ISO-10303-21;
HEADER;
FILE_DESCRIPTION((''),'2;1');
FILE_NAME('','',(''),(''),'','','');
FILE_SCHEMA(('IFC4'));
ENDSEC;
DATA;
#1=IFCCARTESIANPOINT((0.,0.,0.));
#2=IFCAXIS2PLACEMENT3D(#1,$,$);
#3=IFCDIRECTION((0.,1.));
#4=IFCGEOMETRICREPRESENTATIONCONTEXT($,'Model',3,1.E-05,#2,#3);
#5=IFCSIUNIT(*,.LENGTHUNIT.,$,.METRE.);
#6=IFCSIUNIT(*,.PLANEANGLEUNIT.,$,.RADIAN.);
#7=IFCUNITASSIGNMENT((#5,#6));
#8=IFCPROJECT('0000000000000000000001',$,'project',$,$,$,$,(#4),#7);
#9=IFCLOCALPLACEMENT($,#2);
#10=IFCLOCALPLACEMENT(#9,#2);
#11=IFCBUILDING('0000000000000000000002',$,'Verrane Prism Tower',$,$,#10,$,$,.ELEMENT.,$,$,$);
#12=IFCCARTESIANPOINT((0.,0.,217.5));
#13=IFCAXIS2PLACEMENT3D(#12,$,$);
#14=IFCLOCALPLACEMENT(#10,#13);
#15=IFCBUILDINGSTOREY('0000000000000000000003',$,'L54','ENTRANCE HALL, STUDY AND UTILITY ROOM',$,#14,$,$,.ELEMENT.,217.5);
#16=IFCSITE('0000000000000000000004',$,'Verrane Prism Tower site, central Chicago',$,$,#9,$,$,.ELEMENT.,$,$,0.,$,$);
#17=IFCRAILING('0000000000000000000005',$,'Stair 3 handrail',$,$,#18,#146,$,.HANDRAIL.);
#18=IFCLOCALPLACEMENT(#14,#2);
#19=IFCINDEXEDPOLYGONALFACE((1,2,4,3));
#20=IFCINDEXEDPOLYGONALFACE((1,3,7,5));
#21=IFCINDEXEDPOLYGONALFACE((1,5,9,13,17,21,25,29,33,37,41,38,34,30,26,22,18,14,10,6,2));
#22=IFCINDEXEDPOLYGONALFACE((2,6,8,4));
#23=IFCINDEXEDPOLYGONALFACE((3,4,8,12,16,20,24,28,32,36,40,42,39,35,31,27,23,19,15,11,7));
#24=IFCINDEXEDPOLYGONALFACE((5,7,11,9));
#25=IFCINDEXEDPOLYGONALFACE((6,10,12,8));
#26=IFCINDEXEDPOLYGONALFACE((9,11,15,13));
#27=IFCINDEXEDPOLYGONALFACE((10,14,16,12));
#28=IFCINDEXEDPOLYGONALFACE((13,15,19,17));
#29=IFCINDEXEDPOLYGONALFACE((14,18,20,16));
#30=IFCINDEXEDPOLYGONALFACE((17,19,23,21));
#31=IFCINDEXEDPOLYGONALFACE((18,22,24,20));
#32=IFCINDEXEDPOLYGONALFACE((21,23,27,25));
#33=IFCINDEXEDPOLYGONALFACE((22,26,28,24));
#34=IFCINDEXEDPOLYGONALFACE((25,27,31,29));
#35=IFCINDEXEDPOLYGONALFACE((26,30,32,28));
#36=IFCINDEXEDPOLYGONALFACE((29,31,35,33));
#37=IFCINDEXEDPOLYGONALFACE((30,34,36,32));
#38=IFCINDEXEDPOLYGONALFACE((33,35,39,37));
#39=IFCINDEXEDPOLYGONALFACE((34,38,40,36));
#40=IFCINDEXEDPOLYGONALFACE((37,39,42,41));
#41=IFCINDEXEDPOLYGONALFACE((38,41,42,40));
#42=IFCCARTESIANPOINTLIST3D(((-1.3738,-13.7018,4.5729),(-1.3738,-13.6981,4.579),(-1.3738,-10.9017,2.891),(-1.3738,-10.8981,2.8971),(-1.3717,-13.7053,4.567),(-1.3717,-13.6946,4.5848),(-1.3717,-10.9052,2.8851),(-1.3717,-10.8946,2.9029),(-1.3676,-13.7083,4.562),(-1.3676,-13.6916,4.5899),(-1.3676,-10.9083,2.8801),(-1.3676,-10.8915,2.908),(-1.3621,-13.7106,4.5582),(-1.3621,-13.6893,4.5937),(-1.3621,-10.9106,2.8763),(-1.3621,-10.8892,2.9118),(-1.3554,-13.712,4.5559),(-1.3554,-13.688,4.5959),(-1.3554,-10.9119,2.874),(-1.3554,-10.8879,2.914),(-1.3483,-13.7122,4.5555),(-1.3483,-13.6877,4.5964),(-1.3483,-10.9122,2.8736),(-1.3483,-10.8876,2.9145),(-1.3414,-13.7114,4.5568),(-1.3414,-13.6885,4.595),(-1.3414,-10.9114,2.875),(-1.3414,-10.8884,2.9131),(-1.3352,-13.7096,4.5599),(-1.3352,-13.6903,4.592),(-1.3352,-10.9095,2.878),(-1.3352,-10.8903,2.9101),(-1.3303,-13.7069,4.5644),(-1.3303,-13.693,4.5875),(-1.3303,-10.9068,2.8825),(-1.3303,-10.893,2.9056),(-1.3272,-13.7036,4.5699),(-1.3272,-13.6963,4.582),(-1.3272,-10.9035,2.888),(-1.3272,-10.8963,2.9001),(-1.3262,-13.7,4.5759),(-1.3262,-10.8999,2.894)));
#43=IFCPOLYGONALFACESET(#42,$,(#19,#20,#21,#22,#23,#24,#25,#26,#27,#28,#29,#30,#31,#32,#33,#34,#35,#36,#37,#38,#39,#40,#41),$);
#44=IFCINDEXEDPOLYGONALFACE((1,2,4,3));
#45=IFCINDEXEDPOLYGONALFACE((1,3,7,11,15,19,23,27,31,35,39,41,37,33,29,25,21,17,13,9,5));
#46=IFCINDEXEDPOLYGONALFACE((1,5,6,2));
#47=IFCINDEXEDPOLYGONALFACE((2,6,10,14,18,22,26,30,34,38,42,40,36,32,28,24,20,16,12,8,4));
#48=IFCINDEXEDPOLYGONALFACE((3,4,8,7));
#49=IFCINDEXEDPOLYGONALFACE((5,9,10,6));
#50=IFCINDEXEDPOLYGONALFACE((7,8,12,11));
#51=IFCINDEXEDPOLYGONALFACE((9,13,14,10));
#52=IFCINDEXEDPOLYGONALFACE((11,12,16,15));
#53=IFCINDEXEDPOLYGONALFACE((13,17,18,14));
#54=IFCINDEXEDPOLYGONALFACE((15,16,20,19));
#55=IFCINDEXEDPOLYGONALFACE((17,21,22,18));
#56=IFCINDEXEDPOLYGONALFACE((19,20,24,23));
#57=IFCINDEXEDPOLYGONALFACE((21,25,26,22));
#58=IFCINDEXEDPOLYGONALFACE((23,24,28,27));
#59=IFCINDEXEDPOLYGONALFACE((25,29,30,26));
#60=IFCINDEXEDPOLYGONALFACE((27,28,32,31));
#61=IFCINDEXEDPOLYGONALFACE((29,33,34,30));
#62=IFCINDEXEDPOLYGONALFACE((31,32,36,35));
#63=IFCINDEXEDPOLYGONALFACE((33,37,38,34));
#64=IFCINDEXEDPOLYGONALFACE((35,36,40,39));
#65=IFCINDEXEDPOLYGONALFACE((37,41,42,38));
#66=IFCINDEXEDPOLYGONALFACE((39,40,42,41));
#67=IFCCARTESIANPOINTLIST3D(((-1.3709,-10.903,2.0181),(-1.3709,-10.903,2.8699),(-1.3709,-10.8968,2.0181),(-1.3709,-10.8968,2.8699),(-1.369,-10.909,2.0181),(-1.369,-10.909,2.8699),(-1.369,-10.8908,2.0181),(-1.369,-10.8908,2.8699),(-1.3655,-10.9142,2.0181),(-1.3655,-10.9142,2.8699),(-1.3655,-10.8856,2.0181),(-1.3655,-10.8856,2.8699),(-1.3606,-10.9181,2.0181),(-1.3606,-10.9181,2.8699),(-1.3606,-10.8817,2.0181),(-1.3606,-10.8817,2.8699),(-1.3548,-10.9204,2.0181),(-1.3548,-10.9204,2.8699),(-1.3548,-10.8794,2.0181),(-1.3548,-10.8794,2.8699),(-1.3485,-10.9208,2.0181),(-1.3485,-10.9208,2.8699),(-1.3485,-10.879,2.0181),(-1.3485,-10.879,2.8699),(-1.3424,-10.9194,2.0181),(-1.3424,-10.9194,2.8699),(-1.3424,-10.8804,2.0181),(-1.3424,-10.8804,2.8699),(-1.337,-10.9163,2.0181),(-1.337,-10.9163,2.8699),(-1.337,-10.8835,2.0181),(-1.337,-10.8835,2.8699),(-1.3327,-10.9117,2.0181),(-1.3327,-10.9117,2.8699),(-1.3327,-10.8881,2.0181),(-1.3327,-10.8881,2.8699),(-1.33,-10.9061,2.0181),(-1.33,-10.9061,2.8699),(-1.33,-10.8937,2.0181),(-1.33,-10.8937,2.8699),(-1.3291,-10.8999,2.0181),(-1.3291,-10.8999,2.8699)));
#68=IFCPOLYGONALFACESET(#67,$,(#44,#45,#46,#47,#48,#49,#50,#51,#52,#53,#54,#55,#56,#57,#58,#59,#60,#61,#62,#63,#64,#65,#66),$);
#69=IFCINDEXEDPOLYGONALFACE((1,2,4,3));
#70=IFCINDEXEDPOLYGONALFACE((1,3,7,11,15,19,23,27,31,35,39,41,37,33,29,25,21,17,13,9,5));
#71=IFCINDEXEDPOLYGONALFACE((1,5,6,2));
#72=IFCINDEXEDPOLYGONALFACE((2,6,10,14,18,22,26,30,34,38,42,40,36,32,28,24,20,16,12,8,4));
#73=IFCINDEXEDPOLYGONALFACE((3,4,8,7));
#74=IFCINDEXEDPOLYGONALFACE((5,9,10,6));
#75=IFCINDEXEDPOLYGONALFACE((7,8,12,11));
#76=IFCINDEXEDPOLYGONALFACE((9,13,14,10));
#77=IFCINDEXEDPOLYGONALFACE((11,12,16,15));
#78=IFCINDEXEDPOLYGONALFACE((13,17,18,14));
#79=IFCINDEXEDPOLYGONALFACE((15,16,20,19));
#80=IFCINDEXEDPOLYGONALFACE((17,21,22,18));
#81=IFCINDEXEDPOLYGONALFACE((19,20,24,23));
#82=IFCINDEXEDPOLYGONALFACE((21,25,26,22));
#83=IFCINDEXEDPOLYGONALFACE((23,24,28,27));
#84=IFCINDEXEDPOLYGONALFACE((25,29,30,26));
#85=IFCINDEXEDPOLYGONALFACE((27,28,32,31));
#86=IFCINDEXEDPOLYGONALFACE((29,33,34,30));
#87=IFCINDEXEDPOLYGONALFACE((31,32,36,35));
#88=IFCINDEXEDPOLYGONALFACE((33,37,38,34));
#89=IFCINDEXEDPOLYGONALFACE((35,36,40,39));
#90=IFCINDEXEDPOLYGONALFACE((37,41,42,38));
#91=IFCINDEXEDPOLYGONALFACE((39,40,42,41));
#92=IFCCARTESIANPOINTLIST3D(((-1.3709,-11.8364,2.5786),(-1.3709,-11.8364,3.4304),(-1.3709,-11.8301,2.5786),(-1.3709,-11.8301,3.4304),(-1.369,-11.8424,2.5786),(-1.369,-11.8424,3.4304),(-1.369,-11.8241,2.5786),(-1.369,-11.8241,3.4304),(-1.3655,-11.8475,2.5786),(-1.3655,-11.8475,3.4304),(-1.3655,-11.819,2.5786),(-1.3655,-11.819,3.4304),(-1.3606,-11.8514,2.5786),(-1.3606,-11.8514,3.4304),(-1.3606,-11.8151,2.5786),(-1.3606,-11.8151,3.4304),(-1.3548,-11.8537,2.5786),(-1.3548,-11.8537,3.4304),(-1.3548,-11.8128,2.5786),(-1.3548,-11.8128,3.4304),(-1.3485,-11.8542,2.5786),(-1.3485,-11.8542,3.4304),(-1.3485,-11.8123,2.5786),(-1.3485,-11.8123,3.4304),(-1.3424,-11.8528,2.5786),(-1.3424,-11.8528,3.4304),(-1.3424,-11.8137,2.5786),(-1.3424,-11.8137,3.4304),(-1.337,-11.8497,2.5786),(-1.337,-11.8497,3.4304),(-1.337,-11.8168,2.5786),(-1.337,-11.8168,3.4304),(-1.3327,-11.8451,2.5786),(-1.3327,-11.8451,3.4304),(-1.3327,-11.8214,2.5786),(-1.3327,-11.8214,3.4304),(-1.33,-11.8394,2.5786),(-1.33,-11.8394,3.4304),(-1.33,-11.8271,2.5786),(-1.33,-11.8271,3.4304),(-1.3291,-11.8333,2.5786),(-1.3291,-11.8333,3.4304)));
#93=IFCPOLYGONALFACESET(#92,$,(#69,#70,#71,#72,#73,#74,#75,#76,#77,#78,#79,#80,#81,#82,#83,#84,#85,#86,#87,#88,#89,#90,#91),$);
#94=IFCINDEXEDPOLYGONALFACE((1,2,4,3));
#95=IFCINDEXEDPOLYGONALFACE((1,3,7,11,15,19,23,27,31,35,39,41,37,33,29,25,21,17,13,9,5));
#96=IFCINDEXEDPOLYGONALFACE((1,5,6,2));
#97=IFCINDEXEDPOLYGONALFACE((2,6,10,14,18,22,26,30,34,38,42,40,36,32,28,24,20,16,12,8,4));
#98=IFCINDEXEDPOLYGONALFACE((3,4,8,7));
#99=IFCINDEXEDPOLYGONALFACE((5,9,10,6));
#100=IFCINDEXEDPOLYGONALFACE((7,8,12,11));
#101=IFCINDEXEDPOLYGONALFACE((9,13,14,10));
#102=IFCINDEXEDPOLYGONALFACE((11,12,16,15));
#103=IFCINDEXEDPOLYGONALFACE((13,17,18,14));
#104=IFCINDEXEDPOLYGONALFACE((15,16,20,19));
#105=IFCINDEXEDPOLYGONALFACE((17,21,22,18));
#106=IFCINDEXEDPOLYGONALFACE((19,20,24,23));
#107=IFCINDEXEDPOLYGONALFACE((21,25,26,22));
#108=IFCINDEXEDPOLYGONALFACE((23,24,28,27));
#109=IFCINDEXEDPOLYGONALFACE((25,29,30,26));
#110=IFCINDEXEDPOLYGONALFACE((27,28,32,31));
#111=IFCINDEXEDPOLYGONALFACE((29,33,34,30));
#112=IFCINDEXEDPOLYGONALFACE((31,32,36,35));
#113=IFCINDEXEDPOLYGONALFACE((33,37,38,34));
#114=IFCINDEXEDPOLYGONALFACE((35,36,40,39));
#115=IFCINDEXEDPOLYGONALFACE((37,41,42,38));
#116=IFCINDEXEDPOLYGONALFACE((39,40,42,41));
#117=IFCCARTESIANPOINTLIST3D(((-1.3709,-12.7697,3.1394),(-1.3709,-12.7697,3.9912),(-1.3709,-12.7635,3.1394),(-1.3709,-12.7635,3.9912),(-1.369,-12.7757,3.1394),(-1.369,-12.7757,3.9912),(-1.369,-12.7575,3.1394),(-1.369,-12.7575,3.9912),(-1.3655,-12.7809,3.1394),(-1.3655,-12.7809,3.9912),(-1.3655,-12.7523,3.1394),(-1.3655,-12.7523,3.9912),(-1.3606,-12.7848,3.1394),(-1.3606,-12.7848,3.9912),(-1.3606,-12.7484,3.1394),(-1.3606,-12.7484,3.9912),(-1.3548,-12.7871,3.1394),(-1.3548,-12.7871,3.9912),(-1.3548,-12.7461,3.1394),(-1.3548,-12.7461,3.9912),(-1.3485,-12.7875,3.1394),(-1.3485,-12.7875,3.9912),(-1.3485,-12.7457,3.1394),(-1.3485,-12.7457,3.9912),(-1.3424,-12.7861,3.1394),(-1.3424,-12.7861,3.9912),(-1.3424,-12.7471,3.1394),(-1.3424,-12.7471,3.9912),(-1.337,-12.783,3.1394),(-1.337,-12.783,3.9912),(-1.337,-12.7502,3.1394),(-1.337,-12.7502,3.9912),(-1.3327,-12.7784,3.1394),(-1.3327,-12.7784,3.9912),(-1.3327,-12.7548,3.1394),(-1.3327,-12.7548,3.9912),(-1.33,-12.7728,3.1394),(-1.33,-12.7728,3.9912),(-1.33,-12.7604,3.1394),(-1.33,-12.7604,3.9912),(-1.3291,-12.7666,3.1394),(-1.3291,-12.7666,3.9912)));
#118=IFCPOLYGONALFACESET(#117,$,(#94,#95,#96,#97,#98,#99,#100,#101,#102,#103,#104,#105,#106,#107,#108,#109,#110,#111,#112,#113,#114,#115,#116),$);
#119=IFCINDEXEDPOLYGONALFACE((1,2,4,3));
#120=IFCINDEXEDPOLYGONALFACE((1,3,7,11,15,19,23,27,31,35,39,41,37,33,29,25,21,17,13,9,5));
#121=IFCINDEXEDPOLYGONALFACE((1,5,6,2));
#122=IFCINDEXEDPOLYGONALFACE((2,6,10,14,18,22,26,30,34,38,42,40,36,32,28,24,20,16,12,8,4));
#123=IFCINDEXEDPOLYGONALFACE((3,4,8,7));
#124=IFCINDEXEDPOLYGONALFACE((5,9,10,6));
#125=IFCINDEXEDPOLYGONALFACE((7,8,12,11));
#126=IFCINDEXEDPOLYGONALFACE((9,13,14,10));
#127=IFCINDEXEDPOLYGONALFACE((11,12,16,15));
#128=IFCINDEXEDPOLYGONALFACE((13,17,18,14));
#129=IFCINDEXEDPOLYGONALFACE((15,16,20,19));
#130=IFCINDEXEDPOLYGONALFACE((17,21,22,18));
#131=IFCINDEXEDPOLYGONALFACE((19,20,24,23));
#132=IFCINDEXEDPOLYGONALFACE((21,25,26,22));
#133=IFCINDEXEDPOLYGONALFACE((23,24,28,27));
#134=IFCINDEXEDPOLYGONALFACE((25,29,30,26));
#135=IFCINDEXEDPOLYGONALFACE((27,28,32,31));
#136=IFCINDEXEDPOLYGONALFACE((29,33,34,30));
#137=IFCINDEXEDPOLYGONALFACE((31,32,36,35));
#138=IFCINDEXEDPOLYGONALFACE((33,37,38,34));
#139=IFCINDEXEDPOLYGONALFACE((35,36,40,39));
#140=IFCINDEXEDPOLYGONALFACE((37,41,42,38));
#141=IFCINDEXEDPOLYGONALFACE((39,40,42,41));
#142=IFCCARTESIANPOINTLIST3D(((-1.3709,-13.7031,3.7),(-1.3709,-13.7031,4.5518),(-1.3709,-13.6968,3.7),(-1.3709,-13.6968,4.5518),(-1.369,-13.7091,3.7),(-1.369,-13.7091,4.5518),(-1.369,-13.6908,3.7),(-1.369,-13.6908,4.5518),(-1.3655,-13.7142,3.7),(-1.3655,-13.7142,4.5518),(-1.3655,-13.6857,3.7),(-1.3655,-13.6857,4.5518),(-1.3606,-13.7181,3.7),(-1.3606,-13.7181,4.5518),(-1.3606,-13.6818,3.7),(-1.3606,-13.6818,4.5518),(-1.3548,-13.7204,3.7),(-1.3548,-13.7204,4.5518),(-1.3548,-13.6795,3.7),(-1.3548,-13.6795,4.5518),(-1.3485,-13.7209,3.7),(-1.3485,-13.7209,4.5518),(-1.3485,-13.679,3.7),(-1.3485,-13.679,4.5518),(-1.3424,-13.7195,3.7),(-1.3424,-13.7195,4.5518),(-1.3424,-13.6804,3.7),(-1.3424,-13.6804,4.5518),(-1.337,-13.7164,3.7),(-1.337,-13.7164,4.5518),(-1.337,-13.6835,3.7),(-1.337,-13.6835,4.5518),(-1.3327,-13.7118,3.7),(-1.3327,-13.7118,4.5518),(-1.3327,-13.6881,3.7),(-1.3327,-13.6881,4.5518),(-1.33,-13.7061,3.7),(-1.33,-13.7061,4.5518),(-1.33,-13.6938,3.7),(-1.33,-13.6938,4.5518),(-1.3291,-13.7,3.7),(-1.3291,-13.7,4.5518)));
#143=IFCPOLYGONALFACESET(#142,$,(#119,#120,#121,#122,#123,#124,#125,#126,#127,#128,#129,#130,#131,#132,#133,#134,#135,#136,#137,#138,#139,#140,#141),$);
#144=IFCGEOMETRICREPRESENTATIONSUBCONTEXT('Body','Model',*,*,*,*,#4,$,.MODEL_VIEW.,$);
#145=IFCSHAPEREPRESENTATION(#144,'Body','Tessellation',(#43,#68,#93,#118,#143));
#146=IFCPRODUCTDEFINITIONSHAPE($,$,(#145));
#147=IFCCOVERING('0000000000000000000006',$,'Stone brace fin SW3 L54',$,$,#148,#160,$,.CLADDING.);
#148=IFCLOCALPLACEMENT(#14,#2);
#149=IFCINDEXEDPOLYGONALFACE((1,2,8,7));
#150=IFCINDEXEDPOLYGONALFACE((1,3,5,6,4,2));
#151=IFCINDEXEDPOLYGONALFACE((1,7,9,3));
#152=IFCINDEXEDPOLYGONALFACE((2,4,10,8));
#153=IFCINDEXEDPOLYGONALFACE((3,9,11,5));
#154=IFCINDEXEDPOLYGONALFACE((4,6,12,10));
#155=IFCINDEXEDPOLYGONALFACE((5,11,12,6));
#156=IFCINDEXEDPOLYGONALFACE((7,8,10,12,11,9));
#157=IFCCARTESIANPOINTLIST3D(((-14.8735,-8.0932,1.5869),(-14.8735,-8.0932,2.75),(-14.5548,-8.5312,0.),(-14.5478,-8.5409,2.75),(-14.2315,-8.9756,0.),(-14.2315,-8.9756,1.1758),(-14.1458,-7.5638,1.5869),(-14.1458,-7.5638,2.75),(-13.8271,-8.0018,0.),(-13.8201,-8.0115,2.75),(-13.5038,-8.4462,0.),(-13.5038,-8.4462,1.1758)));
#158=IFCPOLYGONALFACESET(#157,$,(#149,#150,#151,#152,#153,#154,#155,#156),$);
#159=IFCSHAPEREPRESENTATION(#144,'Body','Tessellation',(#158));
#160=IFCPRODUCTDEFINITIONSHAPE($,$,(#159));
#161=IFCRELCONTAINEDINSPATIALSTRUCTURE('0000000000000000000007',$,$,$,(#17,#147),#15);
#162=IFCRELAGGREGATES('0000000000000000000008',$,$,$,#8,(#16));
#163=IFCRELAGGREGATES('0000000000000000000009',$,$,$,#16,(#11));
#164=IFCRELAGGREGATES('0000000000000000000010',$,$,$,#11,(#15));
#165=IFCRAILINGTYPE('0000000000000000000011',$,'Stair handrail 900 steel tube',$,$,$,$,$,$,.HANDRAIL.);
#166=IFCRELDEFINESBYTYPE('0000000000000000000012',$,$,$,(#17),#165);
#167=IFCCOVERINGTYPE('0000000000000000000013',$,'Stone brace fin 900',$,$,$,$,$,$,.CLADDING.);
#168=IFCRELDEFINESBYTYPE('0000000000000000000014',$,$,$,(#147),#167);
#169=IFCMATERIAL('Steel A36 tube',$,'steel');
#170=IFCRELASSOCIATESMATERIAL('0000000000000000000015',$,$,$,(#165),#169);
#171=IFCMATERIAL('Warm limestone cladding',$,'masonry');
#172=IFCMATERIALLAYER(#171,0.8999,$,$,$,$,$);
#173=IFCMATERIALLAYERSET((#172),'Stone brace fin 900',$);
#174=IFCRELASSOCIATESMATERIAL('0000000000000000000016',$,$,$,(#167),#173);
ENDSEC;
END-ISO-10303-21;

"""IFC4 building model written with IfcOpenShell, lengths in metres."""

from ifc_helpers import new_model, si_unit, direction, frame, origin, origin_2d, place, context, subcontext, project, spatial, polyline, circle, outline, extrude, material, layer, layer_set, type_object, element, save


model = new_model("IFC4")

# Units and contexts
model_context = context("Model", 3, precision=1e-05, world=origin(), true_north=direction((0.0, 1.0)))
body_context = subcontext(model_context, "Body", "Model", "MODEL_VIEW")
ifc_project = project(units=[si_unit("LENGTHUNIT", "METRE"), si_unit("PLANEANGLEUNIT", "RADIAN")], contexts=[model_context])

# Site, building, storey
site_placement = place(None, origin())
site = spatial("IfcSite", under=ifc_project, at=site_placement, Name="Verrane Prism Tower site, central Chicago", CompositionType="ELEMENT", RefElevation=0.0)
building_placement = place(site_placement, origin())
building = spatial("IfcBuilding", under=site, at=building_placement, Name="Verrane Prism Tower", CompositionType="ELEMENT")
storey_placement = place(building_placement, frame((0.0, 0.0, 217.5)))
storey = spatial("IfcBuildingStorey", under=building, at=storey_placement, Name="L54", Description="ENTRANCE HALL, STUDY AND UTILITY ROOM", CompositionType="ELEMENT", Elevation=217.5)

# Railing
ifc_material_1 = material(Name="Steel A36 tube", Category="steel")
railing_type = type_object("IfcRailingType", Name="Stair handrail 900 steel tube", PredefinedType="HANDRAIL", material=ifc_material_1)
railing_placement = place(storey_placement, frame((-1.3501, -10.8999, 2.0181)))
element("IfcRailing", 1, at=railing_placement, inside=storey, type_object=railing_type, Name="Stair 3 handrail", PredefinedType="HANDRAIL", context=body_context, shape_type="SweptSolid", body=[
    extrude(circle(Radius=0.0239, at=origin_2d()), frame((0.0, 0.0, 0.876), z_axis=(0.0, -0.857242, 0.514913), x_axis=(1.0, 0.0, 0.0)), (0.0, 0.0, 1.0), 3.2664),
    extrude(circle(Radius=0.021, at=origin_2d()), origin(), (0.0, 0.0, 1.0), 0.8518),
    extrude(circle(Radius=0.021, at=origin_2d()), frame((0.0, -0.9333, 0.5605)), (0.0, 0.0, 1.0), 0.8518),
    extrude(circle(Radius=0.021, at=origin_2d()), frame((0.0, -1.8667, 1.1213)), (0.0, 0.0, 1.0), 0.8518),
    extrude(circle(Radius=0.021, at=origin_2d()), frame((0.0, -2.8, 1.6819)), (0.0, 0.0, 1.0), 0.8518),
])

# Covering
ifc_material_2 = material(Name="Warm limestone cladding", Category="masonry")
ifc_layer_1 = layer(ifc_material_2, 0.8999)
ifc_layer_set_1 = layer_set([ifc_layer_1], Name="Stone brace fin 900")
covering_type = type_object("IfcCoveringType", Name="Stone brace fin 900", PredefinedType="CLADDING", material=ifc_layer_set_1)
covering_placement = place(storey_placement, frame((-13.8677, -8.7109, 0.0), z_axis=(0.0, 0.0, 1.0), x_axis=(-0.588305, 0.808639, 0.0)))
element("IfcCovering", 2, at=covering_placement, inside=storey, type_object=covering_type, Name="Stone brace fin SW3 L54", PredefinedType="CLADDING", context=body_context, shape_type="SweptSolid", body=[
    extrude(outline(polyline([(1.0913, 2.75), (0.5376, 2.75), (0.0, 1.1758), (0.0, 0.0), (0.5496, 0.0), (1.0913, 1.5869), (1.0913, 2.75)])), frame((0.0, 0.45, 0.0), z_axis=(0.0, -1.0, 0.0), x_axis=(1.0, 0.0, 0.0)), (0.0, 0.0, 1.0), 0.8999),
])

save(model, "model.ifc")
